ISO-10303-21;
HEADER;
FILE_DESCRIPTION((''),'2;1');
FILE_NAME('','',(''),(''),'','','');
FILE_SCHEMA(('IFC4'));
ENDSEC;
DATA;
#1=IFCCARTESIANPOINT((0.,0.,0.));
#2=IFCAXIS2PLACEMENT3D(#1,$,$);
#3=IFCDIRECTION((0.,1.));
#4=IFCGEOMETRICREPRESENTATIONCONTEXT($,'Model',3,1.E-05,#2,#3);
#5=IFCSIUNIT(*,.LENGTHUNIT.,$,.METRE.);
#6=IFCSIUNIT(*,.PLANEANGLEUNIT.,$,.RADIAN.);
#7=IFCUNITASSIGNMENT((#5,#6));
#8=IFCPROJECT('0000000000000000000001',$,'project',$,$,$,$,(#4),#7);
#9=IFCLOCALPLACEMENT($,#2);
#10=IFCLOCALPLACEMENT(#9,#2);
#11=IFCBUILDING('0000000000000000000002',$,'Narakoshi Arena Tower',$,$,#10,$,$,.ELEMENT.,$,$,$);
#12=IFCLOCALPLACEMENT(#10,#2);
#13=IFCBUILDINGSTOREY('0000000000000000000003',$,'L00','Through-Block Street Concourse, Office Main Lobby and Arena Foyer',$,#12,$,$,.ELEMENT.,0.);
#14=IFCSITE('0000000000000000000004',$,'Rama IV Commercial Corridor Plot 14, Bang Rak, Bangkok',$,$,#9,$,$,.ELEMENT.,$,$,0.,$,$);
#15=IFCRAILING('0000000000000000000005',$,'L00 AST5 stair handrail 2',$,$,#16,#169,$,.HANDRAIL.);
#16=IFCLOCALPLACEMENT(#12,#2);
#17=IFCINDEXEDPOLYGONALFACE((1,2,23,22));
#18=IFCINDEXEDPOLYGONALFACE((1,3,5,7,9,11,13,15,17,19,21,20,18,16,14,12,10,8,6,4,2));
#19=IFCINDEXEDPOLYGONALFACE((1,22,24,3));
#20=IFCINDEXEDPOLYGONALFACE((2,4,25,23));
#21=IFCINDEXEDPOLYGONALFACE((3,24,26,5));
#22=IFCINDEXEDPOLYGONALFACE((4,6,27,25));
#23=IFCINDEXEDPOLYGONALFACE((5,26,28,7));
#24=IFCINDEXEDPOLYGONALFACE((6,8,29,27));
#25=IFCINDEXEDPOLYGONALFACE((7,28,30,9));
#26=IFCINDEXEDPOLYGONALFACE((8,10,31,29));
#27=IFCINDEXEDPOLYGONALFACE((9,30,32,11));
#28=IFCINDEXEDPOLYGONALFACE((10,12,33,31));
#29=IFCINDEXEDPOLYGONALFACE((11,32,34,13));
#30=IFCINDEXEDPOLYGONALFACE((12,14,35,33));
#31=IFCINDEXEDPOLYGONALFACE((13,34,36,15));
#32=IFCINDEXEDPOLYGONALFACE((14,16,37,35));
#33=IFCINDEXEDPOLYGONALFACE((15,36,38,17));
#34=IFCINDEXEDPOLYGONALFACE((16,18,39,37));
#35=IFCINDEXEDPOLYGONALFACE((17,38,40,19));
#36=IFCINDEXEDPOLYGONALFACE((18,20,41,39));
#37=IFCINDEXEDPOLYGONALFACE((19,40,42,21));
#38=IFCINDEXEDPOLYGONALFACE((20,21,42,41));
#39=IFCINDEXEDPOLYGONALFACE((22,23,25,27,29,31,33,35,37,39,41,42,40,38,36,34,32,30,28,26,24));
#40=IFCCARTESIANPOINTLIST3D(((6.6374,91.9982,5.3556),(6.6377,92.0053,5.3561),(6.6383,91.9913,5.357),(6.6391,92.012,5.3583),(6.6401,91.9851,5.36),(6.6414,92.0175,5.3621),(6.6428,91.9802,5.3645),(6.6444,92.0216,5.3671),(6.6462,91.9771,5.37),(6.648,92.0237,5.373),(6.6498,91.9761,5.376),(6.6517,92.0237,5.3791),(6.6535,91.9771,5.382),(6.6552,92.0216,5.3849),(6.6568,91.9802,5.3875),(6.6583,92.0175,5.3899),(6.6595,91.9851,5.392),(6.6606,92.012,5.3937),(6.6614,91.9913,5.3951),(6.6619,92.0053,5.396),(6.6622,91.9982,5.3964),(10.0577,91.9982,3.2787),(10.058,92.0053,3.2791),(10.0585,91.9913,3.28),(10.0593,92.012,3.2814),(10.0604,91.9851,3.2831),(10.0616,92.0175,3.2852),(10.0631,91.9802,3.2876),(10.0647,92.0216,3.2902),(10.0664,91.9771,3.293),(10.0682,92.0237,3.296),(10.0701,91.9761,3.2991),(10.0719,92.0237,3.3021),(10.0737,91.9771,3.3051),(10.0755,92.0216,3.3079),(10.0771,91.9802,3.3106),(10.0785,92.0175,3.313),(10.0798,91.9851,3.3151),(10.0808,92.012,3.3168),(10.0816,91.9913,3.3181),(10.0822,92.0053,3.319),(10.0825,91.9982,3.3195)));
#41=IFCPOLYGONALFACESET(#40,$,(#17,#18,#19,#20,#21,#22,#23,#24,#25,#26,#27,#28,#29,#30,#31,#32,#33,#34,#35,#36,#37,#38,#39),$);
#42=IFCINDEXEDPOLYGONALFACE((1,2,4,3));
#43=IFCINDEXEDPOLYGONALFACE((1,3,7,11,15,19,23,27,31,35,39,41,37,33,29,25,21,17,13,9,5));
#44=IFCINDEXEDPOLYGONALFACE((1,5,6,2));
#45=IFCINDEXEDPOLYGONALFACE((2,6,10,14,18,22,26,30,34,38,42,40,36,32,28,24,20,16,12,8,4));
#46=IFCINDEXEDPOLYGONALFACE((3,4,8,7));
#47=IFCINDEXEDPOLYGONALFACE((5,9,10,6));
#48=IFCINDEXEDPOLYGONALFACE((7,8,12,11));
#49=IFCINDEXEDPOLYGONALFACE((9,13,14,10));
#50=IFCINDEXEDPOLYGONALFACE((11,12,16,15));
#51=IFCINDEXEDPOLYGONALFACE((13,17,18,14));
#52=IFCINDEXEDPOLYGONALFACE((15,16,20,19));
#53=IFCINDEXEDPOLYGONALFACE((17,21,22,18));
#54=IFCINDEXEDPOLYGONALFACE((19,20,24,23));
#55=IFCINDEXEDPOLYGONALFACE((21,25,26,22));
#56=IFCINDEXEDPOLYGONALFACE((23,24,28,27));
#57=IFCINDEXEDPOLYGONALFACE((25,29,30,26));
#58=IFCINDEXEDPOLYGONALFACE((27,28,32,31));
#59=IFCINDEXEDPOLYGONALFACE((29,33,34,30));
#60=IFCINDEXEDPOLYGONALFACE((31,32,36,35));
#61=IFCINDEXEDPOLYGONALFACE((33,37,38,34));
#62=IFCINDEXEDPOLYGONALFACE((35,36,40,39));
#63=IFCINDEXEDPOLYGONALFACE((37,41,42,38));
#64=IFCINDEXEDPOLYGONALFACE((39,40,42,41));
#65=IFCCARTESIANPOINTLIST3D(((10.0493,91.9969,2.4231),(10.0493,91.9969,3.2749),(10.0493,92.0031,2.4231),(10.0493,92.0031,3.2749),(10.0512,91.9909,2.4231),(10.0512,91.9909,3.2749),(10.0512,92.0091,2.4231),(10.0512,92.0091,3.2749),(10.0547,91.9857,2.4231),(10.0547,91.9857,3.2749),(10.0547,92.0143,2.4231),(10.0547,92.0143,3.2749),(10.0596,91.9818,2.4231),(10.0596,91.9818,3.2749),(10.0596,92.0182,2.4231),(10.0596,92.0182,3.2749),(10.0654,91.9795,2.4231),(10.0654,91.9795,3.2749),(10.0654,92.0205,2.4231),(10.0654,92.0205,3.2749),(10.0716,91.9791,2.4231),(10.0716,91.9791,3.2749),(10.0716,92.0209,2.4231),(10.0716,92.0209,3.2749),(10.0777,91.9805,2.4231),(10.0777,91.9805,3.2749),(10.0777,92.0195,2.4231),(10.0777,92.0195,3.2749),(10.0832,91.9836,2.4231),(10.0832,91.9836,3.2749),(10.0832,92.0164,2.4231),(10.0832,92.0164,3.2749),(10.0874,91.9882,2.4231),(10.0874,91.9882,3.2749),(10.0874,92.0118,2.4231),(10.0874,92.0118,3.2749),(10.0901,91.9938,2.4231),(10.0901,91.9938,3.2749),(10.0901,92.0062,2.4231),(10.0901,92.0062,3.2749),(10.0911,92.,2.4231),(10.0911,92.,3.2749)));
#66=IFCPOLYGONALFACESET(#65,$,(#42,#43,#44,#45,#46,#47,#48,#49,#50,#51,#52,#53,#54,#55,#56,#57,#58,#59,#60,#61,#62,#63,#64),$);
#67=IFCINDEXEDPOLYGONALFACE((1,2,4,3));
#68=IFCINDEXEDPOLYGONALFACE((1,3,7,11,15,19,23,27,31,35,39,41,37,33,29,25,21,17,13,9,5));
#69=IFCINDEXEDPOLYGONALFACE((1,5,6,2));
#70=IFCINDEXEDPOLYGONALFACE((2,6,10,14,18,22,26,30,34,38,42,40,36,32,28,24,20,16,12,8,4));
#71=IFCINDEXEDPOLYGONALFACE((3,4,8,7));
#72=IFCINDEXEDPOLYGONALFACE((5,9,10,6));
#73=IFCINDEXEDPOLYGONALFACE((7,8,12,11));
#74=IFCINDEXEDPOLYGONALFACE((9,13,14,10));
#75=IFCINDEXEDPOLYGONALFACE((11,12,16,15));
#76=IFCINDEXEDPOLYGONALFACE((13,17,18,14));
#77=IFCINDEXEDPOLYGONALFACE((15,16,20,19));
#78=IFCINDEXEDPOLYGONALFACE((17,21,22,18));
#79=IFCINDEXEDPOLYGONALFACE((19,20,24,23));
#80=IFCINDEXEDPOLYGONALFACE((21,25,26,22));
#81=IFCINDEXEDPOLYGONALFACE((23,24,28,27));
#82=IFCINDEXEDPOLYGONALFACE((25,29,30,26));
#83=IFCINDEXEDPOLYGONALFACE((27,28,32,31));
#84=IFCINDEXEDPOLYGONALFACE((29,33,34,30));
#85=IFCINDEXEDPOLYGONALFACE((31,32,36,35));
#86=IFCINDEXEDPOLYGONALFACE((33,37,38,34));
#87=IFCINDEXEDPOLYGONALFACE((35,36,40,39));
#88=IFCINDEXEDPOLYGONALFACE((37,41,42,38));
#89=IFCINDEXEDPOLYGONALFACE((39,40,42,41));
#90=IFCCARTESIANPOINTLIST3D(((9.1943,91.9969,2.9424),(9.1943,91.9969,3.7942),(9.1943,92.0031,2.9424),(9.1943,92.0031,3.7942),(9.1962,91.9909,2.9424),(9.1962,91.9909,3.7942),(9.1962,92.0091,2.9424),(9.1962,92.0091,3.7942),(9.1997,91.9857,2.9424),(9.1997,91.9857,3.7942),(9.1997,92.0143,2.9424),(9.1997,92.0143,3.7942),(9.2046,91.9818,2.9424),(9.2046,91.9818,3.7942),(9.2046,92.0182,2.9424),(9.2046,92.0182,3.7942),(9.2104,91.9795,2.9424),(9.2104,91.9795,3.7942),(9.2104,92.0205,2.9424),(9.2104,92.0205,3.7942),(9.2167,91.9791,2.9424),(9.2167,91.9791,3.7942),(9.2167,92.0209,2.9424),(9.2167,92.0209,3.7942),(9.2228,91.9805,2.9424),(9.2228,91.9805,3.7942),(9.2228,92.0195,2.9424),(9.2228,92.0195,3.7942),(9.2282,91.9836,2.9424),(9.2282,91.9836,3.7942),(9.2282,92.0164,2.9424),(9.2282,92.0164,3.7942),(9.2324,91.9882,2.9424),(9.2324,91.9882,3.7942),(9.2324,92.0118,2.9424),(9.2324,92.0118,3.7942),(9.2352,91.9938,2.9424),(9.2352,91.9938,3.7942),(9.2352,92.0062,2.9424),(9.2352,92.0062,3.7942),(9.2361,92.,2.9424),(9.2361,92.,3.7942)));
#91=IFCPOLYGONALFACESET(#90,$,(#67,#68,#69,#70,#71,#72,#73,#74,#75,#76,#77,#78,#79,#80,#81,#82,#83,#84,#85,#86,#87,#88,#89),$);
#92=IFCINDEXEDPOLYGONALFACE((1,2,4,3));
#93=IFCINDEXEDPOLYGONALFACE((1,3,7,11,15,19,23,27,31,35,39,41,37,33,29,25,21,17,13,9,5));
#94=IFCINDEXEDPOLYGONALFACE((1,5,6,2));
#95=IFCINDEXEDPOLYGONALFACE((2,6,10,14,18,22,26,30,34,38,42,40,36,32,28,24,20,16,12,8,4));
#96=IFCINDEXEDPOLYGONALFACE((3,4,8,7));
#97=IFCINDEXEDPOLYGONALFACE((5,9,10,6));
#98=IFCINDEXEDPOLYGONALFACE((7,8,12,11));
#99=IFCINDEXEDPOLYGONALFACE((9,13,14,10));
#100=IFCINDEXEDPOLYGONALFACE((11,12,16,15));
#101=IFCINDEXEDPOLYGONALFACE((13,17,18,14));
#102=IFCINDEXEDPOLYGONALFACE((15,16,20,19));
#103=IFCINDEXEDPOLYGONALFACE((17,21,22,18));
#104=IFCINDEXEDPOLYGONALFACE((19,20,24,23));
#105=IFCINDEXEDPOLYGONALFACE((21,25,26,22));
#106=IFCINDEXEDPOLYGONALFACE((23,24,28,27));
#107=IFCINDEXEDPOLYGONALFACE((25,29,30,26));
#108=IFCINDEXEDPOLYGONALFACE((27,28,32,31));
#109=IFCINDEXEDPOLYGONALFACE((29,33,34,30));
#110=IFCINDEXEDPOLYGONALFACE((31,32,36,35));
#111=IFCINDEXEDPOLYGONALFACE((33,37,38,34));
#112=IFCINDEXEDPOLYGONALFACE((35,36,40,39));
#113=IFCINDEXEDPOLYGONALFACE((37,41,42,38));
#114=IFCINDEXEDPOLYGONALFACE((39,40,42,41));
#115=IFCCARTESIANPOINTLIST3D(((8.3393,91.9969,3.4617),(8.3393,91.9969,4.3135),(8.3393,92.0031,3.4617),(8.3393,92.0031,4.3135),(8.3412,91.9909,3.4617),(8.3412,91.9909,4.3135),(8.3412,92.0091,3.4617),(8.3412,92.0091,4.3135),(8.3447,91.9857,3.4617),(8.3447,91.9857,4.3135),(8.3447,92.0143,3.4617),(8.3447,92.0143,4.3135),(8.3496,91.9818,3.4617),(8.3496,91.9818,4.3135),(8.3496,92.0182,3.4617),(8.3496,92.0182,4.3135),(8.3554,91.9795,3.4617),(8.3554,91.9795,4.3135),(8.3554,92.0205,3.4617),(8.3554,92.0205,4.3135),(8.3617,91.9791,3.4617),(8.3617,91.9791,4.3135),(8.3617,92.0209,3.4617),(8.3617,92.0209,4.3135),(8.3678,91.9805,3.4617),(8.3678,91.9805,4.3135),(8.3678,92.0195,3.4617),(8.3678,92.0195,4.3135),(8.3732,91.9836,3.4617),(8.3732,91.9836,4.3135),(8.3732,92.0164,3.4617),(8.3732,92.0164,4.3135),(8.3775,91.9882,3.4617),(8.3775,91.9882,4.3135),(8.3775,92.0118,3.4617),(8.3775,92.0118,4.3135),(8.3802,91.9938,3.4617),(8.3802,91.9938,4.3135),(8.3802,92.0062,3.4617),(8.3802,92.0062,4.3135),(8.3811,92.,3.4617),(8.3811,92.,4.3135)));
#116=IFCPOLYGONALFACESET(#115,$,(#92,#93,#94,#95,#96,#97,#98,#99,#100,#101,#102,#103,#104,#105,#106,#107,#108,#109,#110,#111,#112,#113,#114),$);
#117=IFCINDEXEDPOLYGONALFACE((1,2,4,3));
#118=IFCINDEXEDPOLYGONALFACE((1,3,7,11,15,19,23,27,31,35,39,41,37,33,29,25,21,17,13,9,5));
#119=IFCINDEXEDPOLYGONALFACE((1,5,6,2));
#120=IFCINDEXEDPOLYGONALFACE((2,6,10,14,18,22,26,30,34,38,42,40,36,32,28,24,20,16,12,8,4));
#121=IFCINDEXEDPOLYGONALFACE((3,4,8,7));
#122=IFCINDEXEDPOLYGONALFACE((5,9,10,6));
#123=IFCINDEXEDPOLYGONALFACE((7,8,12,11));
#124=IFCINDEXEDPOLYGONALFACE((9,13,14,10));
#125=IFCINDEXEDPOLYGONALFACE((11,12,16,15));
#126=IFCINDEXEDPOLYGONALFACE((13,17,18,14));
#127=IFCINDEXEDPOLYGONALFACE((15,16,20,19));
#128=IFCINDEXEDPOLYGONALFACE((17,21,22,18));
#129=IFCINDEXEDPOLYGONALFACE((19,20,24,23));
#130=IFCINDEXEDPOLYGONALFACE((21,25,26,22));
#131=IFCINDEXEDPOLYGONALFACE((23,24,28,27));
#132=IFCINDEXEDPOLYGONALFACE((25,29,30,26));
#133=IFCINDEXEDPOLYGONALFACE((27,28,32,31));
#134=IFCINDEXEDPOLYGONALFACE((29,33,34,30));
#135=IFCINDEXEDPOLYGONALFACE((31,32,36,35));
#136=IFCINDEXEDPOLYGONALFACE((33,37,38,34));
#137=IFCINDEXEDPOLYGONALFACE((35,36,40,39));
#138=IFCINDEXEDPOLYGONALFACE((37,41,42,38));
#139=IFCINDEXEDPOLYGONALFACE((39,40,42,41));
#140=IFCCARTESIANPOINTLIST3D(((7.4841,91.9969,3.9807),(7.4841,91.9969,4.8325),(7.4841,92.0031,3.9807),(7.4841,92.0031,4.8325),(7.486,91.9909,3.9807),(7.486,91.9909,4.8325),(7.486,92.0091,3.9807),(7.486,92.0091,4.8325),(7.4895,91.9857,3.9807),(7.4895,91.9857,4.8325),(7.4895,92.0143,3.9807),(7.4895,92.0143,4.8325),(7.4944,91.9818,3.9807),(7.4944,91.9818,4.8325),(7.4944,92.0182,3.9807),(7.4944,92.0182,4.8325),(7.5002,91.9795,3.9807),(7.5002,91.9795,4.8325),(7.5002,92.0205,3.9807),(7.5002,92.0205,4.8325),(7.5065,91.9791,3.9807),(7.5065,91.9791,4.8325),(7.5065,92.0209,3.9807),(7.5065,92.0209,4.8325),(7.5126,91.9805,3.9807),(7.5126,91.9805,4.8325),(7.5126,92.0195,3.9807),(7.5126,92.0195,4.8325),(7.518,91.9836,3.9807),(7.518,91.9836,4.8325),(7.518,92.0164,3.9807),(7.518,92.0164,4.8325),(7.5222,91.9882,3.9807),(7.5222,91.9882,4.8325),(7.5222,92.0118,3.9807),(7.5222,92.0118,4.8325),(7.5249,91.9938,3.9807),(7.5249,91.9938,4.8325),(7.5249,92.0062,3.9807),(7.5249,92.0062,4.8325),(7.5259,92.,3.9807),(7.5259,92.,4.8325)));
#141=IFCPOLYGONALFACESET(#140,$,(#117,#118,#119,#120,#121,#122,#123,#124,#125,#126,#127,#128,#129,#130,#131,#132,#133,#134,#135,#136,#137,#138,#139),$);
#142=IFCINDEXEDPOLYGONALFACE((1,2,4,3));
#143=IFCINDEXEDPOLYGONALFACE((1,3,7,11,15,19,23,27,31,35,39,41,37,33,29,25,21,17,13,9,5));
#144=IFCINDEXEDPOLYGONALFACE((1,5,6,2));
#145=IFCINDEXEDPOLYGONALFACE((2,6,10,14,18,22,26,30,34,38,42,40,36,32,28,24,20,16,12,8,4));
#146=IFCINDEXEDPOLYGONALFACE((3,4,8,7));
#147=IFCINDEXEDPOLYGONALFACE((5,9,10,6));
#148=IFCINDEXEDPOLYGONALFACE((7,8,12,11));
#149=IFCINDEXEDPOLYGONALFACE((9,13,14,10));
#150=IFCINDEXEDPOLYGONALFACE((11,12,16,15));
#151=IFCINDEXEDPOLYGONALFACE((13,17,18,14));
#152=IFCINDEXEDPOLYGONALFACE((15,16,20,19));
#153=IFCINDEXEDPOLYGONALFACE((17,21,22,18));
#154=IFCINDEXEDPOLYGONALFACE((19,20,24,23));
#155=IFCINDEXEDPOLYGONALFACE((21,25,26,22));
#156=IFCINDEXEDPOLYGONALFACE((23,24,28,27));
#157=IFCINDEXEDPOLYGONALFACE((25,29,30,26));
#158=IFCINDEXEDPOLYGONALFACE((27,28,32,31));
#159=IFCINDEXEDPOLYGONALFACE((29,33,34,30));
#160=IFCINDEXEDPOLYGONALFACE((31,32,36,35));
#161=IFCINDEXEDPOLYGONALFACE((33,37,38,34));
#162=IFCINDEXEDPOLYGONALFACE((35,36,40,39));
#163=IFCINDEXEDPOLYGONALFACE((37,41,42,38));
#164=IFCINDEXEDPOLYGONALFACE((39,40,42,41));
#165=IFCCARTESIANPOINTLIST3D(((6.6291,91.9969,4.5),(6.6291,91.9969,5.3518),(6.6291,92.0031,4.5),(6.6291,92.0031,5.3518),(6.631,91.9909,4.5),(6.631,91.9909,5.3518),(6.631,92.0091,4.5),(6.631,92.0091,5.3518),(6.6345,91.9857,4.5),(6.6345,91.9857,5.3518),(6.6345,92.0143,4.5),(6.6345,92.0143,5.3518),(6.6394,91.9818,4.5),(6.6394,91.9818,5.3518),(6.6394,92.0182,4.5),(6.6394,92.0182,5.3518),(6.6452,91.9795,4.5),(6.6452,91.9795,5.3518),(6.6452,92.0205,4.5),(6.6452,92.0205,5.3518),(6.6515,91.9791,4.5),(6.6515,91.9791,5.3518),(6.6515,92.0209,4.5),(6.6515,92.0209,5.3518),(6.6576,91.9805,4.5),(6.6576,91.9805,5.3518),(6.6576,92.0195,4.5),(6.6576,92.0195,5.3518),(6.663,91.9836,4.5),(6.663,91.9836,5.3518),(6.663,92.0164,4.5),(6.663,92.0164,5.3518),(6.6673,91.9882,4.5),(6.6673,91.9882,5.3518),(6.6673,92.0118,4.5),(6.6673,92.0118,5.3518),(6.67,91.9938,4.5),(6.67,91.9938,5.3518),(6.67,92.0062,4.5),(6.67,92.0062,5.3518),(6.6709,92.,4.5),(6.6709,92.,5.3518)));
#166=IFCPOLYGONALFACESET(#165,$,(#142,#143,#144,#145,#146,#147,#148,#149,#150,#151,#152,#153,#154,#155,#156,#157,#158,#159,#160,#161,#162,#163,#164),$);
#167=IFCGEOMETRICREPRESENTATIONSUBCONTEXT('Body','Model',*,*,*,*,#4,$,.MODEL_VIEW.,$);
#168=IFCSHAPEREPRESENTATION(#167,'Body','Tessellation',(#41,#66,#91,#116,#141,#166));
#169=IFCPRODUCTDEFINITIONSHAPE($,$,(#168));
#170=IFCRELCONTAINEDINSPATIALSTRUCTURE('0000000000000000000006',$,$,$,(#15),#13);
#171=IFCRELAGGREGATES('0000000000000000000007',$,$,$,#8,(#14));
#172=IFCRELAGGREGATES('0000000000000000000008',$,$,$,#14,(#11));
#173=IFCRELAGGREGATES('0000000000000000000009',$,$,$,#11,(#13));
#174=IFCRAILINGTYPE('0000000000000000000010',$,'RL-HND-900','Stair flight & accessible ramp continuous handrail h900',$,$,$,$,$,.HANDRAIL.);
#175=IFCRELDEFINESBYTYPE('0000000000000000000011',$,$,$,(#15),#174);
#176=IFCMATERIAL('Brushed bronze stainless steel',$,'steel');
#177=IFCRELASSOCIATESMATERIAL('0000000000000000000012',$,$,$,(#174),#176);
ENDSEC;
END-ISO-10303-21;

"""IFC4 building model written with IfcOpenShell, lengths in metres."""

from ifc_helpers import new_model, si_unit, direction, frame, origin, origin_2d, place, context, subcontext, project, spatial, circle, extrude, material, type_object, element, save


model = new_model("IFC4")

# Units and contexts
model_context = context("Model", 3, precision=1e-05, world=origin(), true_north=direction((0.0, 1.0)))
body_context = subcontext(model_context, "Body", "Model", "MODEL_VIEW")
ifc_project = project(units=[si_unit("LENGTHUNIT", "METRE"), si_unit("PLANEANGLEUNIT", "RADIAN")], contexts=[model_context])

# Site, building, storey
site_placement = place(None, origin())
site = spatial("IfcSite", under=ifc_project, at=site_placement, Name="Rama IV Commercial Corridor Plot 14, Bang Rak, Bangkok", CompositionType="ELEMENT", RefElevation=0.0)
building_placement = place(site_placement, origin())
building = spatial("IfcBuilding", under=site, at=building_placement, Name="Narakoshi Arena Tower", CompositionType="ELEMENT")
storey_placement = place(building_placement, origin())
storey = spatial("IfcBuildingStorey", under=building, at=storey_placement, Name="L00", Description="Through-Block Street Concourse, Office Main Lobby and Arena Foyer", CompositionType="ELEMENT", Elevation=0.0)

# Railing
ifc_material_1 = material(Name="Brushed bronze stainless steel", Category="steel")
railing_type_1 = type_object("IfcRailingType", Name="RL-HND-900", Description="Stair flight & accessible ramp continuous handrail h900", PredefinedType="HANDRAIL", material=ifc_material_1)
railing_1_placement = place(storey_placement, frame((10.0701, 92.0, 2.4231)))
element("IfcRailing", 1, at=railing_1_placement, inside=storey, type_object=railing_type_1, Name="L00 AST5 stair handrail 2", PredefinedType="HANDRAIL", context=body_context, shape_type="SweptSolid", body=[
    extrude(circle(Radius=0.0239, at=origin_2d()), frame((0.0, 0.0, 0.876), z_axis=(-0.854746, 0.0, 0.519047), x_axis=(0.0, -1.0, 0.0)), (0.0, 0.0, 1.0), 4.0015),
    extrude(circle(Radius=0.021, at=origin_2d()), origin(), (0.0, 0.0, 1.0), 0.8518),
    extrude(circle(Radius=0.021, at=origin_2d()), frame((-0.855, 0.0, 0.5193)), (0.0, 0.0, 1.0), 0.8518),
    extrude(circle(Radius=0.021, at=origin_2d()), frame((-1.71, 0.0, 1.0386)), (0.0, 0.0, 1.0), 0.8518),
    extrude(circle(Radius=0.021, at=origin_2d()), frame((-2.5652, 0.0, 1.5576)), (0.0, 0.0, 1.0), 0.8518),
    extrude(circle(Radius=0.021, at=origin_2d()), frame((-3.4202, 0.0, 2.0769)), (0.0, 0.0, 1.0), 0.8518),
])

save(model, "model.ifc")
